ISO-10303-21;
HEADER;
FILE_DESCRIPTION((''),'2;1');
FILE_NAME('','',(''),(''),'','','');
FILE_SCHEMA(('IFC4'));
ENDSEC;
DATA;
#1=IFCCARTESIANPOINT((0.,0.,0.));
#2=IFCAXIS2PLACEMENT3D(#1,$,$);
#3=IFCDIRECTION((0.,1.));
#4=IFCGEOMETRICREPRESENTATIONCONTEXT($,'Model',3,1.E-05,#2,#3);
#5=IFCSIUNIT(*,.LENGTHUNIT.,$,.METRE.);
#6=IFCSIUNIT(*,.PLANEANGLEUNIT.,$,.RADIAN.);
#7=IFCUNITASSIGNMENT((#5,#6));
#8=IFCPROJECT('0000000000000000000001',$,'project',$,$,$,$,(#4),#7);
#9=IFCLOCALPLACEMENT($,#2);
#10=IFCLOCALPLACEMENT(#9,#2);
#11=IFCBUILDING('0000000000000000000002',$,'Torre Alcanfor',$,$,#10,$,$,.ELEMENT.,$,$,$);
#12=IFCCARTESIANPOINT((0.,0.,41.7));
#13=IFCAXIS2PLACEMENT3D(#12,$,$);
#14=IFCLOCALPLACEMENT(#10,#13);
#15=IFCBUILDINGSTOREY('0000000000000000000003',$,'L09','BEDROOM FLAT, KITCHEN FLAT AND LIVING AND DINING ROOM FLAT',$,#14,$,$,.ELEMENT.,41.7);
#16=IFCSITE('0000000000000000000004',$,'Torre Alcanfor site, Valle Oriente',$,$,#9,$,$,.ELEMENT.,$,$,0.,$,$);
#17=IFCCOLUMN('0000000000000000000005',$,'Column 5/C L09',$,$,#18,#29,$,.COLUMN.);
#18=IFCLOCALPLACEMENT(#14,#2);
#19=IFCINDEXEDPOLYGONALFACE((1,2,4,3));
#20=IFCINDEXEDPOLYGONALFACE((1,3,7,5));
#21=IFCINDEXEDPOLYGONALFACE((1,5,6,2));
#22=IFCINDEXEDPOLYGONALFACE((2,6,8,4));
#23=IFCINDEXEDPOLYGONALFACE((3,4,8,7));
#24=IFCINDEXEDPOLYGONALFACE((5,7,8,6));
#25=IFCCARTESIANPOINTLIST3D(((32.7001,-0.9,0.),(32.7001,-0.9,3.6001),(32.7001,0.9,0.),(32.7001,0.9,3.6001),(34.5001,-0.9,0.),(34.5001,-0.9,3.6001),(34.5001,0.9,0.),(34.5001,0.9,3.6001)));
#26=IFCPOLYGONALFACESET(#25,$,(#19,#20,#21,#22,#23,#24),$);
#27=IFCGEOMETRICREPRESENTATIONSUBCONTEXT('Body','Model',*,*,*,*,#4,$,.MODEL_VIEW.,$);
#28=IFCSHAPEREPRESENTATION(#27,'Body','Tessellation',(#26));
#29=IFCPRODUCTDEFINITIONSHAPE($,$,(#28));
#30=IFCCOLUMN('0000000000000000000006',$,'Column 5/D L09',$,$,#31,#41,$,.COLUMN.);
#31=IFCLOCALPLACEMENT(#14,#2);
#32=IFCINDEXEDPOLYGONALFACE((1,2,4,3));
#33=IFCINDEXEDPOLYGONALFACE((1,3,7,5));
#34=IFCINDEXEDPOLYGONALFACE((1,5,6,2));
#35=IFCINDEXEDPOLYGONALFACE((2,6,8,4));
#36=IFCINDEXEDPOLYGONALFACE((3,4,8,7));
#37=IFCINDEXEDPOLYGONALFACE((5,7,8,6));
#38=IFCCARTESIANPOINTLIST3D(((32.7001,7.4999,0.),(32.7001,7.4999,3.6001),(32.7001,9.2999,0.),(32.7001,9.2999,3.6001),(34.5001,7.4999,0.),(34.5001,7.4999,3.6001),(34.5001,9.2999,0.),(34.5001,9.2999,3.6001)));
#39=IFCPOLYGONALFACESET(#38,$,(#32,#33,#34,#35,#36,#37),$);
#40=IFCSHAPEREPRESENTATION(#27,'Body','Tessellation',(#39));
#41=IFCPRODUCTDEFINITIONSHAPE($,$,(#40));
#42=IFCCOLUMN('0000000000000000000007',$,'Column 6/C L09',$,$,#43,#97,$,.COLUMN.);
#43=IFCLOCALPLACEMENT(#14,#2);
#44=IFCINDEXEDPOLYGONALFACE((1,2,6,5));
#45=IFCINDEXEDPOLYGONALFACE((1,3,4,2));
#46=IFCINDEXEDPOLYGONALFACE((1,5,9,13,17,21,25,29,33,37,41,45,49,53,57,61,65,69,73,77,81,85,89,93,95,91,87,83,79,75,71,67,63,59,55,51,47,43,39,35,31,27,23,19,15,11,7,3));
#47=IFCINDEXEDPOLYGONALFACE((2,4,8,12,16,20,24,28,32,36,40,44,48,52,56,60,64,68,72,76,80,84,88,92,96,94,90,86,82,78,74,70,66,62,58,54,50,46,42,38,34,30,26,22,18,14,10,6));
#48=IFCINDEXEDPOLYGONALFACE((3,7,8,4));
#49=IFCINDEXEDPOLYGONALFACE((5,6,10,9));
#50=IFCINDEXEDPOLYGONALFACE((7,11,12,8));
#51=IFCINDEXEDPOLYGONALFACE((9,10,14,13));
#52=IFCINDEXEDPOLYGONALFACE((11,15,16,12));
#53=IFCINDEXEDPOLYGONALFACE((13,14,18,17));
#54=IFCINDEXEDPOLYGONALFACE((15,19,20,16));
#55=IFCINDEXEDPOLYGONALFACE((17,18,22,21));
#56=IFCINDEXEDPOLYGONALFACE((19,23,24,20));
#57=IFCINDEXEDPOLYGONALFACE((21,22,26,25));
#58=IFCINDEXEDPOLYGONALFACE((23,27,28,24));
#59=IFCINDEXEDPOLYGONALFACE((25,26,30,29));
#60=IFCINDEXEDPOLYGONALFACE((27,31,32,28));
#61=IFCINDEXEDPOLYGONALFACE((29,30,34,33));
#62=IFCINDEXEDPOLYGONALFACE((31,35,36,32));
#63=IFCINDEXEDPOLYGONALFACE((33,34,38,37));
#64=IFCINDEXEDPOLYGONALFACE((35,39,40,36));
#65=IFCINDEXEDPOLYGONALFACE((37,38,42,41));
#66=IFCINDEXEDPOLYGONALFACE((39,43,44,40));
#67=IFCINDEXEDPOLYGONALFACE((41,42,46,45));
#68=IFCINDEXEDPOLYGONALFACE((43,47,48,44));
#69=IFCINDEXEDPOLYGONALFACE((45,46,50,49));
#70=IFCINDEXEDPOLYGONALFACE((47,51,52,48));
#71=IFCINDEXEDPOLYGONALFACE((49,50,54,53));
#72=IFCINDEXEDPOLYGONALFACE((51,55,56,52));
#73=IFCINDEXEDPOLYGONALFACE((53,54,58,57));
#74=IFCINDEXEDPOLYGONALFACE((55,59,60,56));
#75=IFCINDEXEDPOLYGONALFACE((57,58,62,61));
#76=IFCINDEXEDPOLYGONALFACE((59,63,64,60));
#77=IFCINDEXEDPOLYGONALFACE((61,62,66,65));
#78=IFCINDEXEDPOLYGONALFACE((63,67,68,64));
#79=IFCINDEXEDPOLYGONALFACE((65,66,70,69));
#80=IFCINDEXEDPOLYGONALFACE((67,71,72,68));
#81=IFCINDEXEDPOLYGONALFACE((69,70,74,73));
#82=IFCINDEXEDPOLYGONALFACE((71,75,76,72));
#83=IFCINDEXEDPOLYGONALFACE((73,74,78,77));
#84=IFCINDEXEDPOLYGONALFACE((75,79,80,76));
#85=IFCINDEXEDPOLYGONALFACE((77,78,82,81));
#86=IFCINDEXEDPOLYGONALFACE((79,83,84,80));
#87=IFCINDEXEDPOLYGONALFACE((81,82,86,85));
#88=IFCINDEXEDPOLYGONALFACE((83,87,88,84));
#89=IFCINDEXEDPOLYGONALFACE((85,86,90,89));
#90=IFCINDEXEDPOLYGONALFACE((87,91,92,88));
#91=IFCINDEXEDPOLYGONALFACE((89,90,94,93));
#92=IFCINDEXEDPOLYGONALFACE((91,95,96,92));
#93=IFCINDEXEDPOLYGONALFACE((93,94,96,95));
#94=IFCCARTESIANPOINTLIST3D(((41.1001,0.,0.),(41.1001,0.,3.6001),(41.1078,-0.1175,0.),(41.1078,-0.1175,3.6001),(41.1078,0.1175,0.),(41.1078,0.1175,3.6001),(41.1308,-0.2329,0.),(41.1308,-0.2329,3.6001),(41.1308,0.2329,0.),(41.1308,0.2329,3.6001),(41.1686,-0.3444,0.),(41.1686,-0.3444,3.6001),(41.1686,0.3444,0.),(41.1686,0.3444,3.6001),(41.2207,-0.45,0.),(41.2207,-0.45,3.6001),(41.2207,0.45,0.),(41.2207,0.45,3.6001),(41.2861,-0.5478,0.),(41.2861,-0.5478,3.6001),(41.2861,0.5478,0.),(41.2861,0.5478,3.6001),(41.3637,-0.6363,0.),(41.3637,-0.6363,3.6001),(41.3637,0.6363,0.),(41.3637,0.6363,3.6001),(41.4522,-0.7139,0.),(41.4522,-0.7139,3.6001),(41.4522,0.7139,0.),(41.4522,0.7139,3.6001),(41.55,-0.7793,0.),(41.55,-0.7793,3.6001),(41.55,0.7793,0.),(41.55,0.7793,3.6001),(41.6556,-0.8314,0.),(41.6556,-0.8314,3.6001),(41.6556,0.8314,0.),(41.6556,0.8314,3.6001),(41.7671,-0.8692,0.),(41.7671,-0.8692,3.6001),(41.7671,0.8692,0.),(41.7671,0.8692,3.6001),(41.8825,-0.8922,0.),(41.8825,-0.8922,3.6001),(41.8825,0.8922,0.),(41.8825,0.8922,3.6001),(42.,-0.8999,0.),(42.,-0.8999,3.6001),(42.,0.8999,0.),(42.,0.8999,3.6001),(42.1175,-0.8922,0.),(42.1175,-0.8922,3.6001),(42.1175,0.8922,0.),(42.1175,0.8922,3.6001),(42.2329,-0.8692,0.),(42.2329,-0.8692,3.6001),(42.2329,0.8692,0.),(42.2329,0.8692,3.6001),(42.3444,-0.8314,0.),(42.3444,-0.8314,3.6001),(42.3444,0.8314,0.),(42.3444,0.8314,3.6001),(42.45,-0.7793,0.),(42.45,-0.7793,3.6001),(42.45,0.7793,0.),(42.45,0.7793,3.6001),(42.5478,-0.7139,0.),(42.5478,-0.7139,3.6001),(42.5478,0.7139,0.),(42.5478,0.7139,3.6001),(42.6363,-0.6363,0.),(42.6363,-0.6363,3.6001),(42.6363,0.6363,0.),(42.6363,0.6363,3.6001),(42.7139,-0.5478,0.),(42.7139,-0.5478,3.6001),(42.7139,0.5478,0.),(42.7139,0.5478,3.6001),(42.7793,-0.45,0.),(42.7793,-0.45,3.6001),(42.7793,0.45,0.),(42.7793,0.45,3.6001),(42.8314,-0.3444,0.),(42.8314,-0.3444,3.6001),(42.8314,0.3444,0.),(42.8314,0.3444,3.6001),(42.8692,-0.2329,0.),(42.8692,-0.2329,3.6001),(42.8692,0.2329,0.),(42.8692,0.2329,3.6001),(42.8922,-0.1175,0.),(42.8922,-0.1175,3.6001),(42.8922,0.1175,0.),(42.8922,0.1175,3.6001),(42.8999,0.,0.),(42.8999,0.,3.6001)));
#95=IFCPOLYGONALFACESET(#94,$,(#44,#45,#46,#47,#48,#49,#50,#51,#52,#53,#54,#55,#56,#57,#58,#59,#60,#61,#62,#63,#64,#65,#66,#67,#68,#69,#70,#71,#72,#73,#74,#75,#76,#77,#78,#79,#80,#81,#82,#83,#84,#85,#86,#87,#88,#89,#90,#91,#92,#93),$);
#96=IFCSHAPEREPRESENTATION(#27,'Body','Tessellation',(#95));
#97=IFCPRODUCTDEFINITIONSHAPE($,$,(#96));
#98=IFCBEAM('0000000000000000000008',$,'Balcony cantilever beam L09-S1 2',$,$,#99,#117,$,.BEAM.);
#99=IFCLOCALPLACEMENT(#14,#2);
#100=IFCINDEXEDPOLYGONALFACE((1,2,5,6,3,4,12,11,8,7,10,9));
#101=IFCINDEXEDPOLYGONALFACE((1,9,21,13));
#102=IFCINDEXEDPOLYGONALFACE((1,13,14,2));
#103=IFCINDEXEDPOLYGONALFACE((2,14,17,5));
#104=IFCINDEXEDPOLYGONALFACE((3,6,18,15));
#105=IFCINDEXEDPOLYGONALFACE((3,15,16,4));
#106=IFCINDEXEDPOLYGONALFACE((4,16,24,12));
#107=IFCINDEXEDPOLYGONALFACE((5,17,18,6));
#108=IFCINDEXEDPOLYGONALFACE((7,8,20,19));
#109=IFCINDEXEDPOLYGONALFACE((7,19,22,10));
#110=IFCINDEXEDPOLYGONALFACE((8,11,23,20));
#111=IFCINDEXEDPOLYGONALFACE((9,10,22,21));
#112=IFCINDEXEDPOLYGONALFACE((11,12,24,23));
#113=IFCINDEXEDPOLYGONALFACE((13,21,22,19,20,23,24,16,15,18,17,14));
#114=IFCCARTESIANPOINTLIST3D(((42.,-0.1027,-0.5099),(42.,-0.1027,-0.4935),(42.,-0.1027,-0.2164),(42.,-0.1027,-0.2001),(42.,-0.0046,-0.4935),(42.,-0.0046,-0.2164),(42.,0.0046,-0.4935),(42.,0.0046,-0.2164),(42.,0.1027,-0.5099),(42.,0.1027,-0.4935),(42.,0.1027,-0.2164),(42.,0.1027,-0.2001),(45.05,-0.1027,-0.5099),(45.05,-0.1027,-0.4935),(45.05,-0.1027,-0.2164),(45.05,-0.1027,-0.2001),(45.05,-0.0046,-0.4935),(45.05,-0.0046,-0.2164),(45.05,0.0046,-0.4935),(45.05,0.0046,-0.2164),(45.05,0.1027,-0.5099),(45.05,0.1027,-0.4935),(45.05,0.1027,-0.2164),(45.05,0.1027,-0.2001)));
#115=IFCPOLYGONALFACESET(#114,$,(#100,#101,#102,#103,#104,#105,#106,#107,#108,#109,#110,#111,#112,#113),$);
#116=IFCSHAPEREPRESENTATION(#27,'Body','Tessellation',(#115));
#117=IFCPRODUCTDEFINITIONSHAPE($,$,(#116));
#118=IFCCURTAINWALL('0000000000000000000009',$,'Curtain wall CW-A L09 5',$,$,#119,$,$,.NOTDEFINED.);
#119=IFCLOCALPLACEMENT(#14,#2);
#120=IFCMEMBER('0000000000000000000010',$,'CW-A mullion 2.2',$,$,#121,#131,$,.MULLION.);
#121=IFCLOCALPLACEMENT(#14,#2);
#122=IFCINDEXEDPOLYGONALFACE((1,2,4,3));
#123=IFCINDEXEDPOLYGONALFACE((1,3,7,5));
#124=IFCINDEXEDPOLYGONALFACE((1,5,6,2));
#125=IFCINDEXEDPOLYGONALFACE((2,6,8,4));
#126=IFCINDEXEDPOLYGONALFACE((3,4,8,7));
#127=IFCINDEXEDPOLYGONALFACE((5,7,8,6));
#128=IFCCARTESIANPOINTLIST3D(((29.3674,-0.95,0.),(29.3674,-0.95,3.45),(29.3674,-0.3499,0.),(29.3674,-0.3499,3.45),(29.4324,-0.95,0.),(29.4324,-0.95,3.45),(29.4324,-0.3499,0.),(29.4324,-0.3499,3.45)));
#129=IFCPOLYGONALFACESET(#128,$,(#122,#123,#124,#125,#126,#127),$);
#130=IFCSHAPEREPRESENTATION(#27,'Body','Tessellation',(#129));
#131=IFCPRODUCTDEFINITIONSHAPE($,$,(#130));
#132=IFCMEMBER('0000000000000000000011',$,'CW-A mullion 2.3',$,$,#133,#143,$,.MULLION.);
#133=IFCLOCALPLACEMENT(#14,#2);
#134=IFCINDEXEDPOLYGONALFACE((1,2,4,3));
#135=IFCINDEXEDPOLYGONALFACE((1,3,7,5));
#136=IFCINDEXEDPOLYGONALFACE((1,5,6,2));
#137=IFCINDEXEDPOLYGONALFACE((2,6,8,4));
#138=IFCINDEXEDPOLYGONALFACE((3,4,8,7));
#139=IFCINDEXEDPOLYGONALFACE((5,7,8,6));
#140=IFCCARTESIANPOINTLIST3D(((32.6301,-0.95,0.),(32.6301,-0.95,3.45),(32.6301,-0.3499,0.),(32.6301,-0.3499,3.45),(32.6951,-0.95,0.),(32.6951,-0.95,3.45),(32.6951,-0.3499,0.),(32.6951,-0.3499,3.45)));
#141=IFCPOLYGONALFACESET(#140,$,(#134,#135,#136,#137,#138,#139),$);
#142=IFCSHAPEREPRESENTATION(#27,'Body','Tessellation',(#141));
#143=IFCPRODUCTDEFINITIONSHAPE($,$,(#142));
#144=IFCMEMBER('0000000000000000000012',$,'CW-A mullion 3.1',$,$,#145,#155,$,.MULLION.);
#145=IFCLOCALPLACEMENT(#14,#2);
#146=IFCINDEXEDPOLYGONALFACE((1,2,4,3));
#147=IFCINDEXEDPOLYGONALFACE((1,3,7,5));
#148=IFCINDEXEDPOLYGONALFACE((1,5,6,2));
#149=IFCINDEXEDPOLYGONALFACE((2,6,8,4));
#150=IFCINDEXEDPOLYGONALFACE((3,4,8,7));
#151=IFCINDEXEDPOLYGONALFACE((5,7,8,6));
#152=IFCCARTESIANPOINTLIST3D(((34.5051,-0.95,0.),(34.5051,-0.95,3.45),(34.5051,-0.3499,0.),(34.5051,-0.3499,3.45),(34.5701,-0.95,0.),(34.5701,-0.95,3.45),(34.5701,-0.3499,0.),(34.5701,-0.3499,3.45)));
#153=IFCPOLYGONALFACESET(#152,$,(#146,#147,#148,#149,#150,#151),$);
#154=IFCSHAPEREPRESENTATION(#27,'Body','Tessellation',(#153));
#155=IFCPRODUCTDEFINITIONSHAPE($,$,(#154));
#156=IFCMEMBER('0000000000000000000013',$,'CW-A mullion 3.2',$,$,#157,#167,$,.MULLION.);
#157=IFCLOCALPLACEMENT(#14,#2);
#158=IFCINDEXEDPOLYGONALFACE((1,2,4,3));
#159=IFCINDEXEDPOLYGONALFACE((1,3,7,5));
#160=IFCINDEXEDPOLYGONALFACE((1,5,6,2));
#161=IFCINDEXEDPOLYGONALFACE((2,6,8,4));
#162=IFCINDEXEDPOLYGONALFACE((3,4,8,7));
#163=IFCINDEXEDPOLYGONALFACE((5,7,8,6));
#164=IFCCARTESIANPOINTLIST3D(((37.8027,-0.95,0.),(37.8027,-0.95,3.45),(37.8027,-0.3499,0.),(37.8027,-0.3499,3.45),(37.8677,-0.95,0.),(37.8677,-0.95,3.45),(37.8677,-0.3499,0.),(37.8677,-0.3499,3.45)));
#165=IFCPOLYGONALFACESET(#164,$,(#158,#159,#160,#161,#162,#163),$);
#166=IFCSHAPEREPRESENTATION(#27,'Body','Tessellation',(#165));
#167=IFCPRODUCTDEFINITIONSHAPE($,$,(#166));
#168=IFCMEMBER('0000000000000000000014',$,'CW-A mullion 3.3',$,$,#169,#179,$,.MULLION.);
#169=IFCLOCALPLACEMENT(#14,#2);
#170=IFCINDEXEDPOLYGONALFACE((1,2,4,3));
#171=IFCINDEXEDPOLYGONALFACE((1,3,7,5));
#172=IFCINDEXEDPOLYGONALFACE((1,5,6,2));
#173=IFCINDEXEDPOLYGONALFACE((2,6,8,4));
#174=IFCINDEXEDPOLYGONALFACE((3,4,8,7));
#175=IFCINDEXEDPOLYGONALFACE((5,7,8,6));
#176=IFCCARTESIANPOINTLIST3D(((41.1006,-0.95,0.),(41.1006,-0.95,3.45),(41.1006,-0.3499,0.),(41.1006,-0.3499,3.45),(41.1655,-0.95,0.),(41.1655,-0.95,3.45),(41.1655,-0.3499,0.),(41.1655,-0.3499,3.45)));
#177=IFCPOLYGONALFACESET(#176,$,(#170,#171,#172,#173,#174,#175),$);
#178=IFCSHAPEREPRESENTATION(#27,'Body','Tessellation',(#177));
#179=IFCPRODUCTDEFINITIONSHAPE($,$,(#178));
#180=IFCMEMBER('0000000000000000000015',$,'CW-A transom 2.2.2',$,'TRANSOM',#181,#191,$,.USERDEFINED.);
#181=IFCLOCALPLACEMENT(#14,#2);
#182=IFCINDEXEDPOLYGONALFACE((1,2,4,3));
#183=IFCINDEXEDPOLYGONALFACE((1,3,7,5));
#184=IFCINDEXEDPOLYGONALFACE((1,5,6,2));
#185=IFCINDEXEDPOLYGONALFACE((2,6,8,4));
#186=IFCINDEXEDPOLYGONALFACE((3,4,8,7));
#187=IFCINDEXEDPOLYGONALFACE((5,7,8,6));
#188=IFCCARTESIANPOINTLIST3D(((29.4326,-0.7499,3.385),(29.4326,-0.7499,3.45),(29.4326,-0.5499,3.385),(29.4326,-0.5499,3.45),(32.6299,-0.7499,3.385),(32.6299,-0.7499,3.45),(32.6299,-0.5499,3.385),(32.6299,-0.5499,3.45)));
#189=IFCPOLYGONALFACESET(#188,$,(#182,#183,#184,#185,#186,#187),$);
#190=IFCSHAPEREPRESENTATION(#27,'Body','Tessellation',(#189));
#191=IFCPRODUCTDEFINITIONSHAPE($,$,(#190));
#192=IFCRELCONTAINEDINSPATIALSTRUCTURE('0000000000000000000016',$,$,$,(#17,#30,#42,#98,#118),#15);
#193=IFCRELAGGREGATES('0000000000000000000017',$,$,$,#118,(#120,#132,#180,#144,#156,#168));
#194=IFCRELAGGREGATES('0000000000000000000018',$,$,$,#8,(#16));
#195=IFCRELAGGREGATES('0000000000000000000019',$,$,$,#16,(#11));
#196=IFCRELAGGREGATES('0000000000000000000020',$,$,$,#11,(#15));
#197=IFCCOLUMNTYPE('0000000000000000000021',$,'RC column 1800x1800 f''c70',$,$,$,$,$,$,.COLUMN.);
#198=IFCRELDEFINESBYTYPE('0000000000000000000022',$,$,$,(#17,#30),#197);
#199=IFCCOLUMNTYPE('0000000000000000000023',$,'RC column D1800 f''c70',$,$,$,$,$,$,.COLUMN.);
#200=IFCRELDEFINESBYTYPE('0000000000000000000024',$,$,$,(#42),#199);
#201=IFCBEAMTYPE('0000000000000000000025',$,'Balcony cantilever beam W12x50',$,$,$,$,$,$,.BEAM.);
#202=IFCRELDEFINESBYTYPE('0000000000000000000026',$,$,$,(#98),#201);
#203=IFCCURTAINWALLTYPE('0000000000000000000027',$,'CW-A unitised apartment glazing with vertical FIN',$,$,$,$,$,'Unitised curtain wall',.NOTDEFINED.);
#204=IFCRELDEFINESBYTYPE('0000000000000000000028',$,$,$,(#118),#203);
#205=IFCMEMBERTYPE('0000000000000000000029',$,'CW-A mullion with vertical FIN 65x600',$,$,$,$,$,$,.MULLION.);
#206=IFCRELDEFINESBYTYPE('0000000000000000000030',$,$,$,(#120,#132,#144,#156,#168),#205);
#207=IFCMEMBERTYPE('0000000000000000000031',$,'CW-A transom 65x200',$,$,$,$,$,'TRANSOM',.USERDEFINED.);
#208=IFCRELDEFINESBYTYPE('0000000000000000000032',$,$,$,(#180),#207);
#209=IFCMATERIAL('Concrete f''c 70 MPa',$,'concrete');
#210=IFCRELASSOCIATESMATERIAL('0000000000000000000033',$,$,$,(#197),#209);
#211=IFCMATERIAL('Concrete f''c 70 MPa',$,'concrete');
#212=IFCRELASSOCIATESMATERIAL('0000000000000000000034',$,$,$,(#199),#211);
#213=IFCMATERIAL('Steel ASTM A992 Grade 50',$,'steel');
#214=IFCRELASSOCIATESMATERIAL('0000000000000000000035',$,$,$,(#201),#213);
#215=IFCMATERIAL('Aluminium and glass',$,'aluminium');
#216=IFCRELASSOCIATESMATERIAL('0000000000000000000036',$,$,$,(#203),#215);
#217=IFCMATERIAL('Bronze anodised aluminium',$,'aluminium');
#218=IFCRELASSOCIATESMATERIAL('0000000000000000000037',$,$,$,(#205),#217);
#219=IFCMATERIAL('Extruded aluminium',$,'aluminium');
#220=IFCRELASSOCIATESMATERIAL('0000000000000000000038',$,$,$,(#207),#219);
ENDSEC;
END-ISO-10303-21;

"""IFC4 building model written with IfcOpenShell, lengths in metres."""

from ifc_helpers import new_model, si_unit, direction, frame, origin, origin_2d, place, context, subcontext, project, spatial, rectangle, circle, i_section, extrude, material, material_profile, profile_set, type_object, element, aggregate, save


model = new_model("IFC4")

# Units and contexts
model_context = context("Model", 3, precision=1e-05, world=origin(), true_north=direction((0.0, 1.0)))
body_context = subcontext(model_context, "Body", "Model", "MODEL_VIEW")
ifc_project = project(units=[si_unit("LENGTHUNIT", "METRE"), si_unit("PLANEANGLEUNIT", "RADIAN")], contexts=[model_context])

# Site, building, storey
site_placement = place(None, origin())
site = spatial("IfcSite", under=ifc_project, at=site_placement, Name="Torre Alcanfor site, Valle Oriente", CompositionType="ELEMENT", RefElevation=0.0)
building_placement = place(site_placement, origin())
building = spatial("IfcBuilding", under=site, at=building_placement, Name="Torre Alcanfor", CompositionType="ELEMENT")
storey_placement = place(building_placement, frame((0.0, 0.0, 41.7)))
storey = spatial("IfcBuildingStorey", under=building, at=storey_placement, Name="L09", Description="BEDROOM FLAT, KITCHEN FLAT AND LIVING AND DINING ROOM FLAT", CompositionType="ELEMENT", Elevation=41.7)

# Columns
ifc_material_1 = material(Name="Concrete f'c 70 MPa", Category="concrete")
ifc_material_profile_1 = material_profile(ifc_material_1, rectangle(XDim=1.8, YDim=1.8, at=origin_2d()), Name="1800x1800")
ifc_profile_set_1 = profile_set([ifc_material_profile_1], Name="Concrete f'c 70 MPa")
column_type_1 = type_object("IfcColumnType", Name="RC column 1800x1800 f'c70", PredefinedType="COLUMN", material=ifc_profile_set_1)
for number, where, z_axis, x_axis, name in (
    (1, (33.6001, 0.0, 0.0), (0.0, 0.0, 1.0), (1.0, 0.0, 0.0), "Column 5/C L09"),
    (2, (33.6001, 8.3999, 0.0), (0.0, 0.0, 1.0), (1.0, 0.0, 0.0), "Column 5/D L09"),
):
    element("IfcColumn", number, at=place(storey_placement, frame(where, z_axis=z_axis, x_axis=x_axis)), inside=storey, type_object=column_type_1, Name=name, PredefinedType="COLUMN", context=body_context, shape_type="SweptSolid", body=[
        extrude(rectangle(XDim=1.8, YDim=1.8, at=origin_2d()), origin(), (0.0, 0.0, 1.0), 3.6001),
    ])
ifc_material_2 = material(Name="Concrete f'c 70 MPa", Category="concrete")
ifc_material_profile_2 = material_profile(ifc_material_2, circle(Radius=0.8999, at=origin_2d()), Name="D1800")
ifc_profile_set_2 = profile_set([ifc_material_profile_2], Name="Concrete f'c 70 MPa")
column_type_2 = type_object("IfcColumnType", Name="RC column D1800 f'c70", PredefinedType="COLUMN", material=ifc_profile_set_2)
column_placement = place(storey_placement, frame((42.0, 0.0, 0.0), z_axis=(0.0, 0.0, 1.0), x_axis=(1.0, 0.0, 0.0)))
element("IfcColumn", 3, at=column_placement, inside=storey, type_object=column_type_2, Name="Column 6/C L09", PredefinedType="COLUMN", context=body_context, shape_type="SweptSolid", body=[
    extrude(circle(Radius=0.8999, at=origin_2d()), origin(), (0.0, 0.0, 1.0), 3.6001),
])

# Beam
ifc_material_3 = material(Name="Steel ASTM A992 Grade 50", Category="steel")
ifc_material_profile_3 = material_profile(ifc_material_3, i_section(OverallWidth=0.2053, OverallDepth=0.3098, WebThickness=0.0093, FlangeThickness=0.0164, at=origin_2d()), Name="W12x50")
ifc_profile_set_3 = profile_set([ifc_material_profile_3], Name="Steel ASTM A992 Grade 50")
beam_type_1 = type_object("IfcBeamType", Name="Balcony cantilever beam W12x50", PredefinedType="BEAM", material=ifc_profile_set_3)
beam_1_placement = place(storey_placement, frame((42.0, 0.0, -0.355), z_axis=(1.0, 0.0, 0.0), x_axis=(0.0, 1.0, 0.0)))
element("IfcBeam", 4, at=beam_1_placement, inside=storey, type_object=beam_type_1, Name="Balcony cantilever beam L09-S1 2", PredefinedType="BEAM", context=body_context, shape_type="SweptSolid", body=[
    extrude(i_section(OverallWidth=0.2053, OverallDepth=0.3098, WebThickness=0.0093, FlangeThickness=0.0164, at=origin_2d()), origin(), (0.0, 0.0, 1.0), 3.05),
])

# Curtain wall, members
ifc_material_4 = material(Name="Aluminium and glass", Category="aluminium")
curtain_wall_type = type_object("IfcCurtainWallType", Name="CW-A unitised apartment glazing with vertical FIN", ElementType="Unitised curtain wall", PredefinedType="NOTDEFINED", material=ifc_material_4)
curtain_wall_placement = place(storey_placement, origin())
curtain_wall = element("IfcCurtainWall", 5, at=curtain_wall_placement, inside=storey, type_object=curtain_wall_type, Name="Curtain wall CW-A L09 5", PredefinedType="NOTDEFINED")
ifc_material_5 = material(Name="Bronze anodised aluminium", Category="aluminium")
ifc_material_profile_4 = material_profile(ifc_material_5, rectangle(XDim=0.6001, YDim=0.0649, at=origin_2d()), Name="CW-A mullion 65x600")
ifc_profile_set_4 = profile_set([ifc_material_profile_4], Name="Bronze anodised aluminium")
member_type_1 = type_object("IfcMemberType", Name="CW-A mullion with vertical FIN 65x600", PredefinedType="MULLION", material=ifc_profile_set_4)
member_1_placement = place(storey_placement, frame((29.3999, -0.6499, 0.0), z_axis=(0.0, 0.0, 1.0), x_axis=(0.0, 1.0, 0.0)))
member_1 = element("IfcMember", 6, at=member_1_placement, type_object=member_type_1, Name="CW-A mullion 2.2", PredefinedType="MULLION", context=body_context, shape_type="SweptSolid", body=[
    extrude(rectangle(XDim=0.6001, YDim=0.0649, at=origin_2d()), origin(), (0.0, 0.0, 1.0), 3.45),
])
member_2_placement = place(storey_placement, frame((32.6626, -0.6499, 0.0), z_axis=(0.0, 0.0, 1.0), x_axis=(0.0, 1.0, 0.0)))
member_2 = element("IfcMember", 7, at=member_2_placement, type_object=member_type_1, Name="CW-A mullion 2.3", PredefinedType="MULLION", context=body_context, shape_type="SweptSolid", body=[
    extrude(rectangle(XDim=0.6001, YDim=0.0649, at=origin_2d()), origin(), (0.0, 0.0, 1.0), 3.45),
])
member_3_placement = place(storey_placement, frame((34.5376, -0.6499, 0.0), z_axis=(0.0, 0.0, 1.0), x_axis=(0.0, 1.0, 0.0)))
member_3 = element("IfcMember", 8, at=member_3_placement, type_object=member_type_1, Name="CW-A mullion 3.1", PredefinedType="MULLION", context=body_context, shape_type="SweptSolid", body=[
    extrude(rectangle(XDim=0.6001, YDim=0.0649, at=origin_2d()), origin(), (0.0, 0.0, 1.0), 3.45),
])
member_4_placement = place(storey_placement, frame((37.8352, -0.6499, 0.0), z_axis=(0.0, 0.0, 1.0), x_axis=(0.0, 1.0, 0.0)))
member_4 = element("IfcMember", 9, at=member_4_placement, type_object=member_type_1, Name="CW-A mullion 3.2", PredefinedType="MULLION", context=body_context, shape_type="SweptSolid", body=[
    extrude(rectangle(XDim=0.6001, YDim=0.0649, at=origin_2d()), origin(), (0.0, 0.0, 1.0), 3.45),
])
member_5_placement = place(storey_placement, frame((41.1331, -0.6499, 0.0), z_axis=(0.0, 0.0, 1.0), x_axis=(0.0, 1.0, 0.0)))
member_5 = element("IfcMember", 10, at=member_5_placement, type_object=member_type_1, Name="CW-A mullion 3.3", PredefinedType="MULLION", context=body_context, shape_type="SweptSolid", body=[
    extrude(rectangle(XDim=0.6001, YDim=0.0649, at=origin_2d()), origin(), (0.0, 0.0, 1.0), 3.45),
])
ifc_material_6 = material(Name="Extruded aluminium", Category="aluminium")
ifc_material_profile_5 = material_profile(ifc_material_6, rectangle(XDim=0.2, YDim=0.0649, at=origin_2d()), Name="CW-A transom 200x65")
ifc_profile_set_5 = profile_set([ifc_material_profile_5], Name="Extruded aluminium")
member_type_2 = type_object("IfcMemberType", Name="CW-A transom 65x200", ElementType="TRANSOM", PredefinedType="USERDEFINED", material=ifc_profile_set_5)
member_6_placement = place(storey_placement, frame((29.4326, -0.6499, 3.4175), z_axis=(1.0, 0.0, 0.0), x_axis=(0.0, 1.0, 0.0)))
member_6 = element("IfcMember", 11, at=member_6_placement, type_object=member_type_2, Name="CW-A transom 2.2.2", ObjectType="TRANSOM", PredefinedType="USERDEFINED", context=body_context, shape_type="SweptSolid", body=[
    extrude(rectangle(XDim=0.2, YDim=0.0649, at=origin_2d()), origin(), (0.0, 0.0, 1.0), 3.1973),
])

aggregate(curtain_wall, [member_1, member_2, member_6, member_3, member_4, member_5])

save(model, "model.ifc")
